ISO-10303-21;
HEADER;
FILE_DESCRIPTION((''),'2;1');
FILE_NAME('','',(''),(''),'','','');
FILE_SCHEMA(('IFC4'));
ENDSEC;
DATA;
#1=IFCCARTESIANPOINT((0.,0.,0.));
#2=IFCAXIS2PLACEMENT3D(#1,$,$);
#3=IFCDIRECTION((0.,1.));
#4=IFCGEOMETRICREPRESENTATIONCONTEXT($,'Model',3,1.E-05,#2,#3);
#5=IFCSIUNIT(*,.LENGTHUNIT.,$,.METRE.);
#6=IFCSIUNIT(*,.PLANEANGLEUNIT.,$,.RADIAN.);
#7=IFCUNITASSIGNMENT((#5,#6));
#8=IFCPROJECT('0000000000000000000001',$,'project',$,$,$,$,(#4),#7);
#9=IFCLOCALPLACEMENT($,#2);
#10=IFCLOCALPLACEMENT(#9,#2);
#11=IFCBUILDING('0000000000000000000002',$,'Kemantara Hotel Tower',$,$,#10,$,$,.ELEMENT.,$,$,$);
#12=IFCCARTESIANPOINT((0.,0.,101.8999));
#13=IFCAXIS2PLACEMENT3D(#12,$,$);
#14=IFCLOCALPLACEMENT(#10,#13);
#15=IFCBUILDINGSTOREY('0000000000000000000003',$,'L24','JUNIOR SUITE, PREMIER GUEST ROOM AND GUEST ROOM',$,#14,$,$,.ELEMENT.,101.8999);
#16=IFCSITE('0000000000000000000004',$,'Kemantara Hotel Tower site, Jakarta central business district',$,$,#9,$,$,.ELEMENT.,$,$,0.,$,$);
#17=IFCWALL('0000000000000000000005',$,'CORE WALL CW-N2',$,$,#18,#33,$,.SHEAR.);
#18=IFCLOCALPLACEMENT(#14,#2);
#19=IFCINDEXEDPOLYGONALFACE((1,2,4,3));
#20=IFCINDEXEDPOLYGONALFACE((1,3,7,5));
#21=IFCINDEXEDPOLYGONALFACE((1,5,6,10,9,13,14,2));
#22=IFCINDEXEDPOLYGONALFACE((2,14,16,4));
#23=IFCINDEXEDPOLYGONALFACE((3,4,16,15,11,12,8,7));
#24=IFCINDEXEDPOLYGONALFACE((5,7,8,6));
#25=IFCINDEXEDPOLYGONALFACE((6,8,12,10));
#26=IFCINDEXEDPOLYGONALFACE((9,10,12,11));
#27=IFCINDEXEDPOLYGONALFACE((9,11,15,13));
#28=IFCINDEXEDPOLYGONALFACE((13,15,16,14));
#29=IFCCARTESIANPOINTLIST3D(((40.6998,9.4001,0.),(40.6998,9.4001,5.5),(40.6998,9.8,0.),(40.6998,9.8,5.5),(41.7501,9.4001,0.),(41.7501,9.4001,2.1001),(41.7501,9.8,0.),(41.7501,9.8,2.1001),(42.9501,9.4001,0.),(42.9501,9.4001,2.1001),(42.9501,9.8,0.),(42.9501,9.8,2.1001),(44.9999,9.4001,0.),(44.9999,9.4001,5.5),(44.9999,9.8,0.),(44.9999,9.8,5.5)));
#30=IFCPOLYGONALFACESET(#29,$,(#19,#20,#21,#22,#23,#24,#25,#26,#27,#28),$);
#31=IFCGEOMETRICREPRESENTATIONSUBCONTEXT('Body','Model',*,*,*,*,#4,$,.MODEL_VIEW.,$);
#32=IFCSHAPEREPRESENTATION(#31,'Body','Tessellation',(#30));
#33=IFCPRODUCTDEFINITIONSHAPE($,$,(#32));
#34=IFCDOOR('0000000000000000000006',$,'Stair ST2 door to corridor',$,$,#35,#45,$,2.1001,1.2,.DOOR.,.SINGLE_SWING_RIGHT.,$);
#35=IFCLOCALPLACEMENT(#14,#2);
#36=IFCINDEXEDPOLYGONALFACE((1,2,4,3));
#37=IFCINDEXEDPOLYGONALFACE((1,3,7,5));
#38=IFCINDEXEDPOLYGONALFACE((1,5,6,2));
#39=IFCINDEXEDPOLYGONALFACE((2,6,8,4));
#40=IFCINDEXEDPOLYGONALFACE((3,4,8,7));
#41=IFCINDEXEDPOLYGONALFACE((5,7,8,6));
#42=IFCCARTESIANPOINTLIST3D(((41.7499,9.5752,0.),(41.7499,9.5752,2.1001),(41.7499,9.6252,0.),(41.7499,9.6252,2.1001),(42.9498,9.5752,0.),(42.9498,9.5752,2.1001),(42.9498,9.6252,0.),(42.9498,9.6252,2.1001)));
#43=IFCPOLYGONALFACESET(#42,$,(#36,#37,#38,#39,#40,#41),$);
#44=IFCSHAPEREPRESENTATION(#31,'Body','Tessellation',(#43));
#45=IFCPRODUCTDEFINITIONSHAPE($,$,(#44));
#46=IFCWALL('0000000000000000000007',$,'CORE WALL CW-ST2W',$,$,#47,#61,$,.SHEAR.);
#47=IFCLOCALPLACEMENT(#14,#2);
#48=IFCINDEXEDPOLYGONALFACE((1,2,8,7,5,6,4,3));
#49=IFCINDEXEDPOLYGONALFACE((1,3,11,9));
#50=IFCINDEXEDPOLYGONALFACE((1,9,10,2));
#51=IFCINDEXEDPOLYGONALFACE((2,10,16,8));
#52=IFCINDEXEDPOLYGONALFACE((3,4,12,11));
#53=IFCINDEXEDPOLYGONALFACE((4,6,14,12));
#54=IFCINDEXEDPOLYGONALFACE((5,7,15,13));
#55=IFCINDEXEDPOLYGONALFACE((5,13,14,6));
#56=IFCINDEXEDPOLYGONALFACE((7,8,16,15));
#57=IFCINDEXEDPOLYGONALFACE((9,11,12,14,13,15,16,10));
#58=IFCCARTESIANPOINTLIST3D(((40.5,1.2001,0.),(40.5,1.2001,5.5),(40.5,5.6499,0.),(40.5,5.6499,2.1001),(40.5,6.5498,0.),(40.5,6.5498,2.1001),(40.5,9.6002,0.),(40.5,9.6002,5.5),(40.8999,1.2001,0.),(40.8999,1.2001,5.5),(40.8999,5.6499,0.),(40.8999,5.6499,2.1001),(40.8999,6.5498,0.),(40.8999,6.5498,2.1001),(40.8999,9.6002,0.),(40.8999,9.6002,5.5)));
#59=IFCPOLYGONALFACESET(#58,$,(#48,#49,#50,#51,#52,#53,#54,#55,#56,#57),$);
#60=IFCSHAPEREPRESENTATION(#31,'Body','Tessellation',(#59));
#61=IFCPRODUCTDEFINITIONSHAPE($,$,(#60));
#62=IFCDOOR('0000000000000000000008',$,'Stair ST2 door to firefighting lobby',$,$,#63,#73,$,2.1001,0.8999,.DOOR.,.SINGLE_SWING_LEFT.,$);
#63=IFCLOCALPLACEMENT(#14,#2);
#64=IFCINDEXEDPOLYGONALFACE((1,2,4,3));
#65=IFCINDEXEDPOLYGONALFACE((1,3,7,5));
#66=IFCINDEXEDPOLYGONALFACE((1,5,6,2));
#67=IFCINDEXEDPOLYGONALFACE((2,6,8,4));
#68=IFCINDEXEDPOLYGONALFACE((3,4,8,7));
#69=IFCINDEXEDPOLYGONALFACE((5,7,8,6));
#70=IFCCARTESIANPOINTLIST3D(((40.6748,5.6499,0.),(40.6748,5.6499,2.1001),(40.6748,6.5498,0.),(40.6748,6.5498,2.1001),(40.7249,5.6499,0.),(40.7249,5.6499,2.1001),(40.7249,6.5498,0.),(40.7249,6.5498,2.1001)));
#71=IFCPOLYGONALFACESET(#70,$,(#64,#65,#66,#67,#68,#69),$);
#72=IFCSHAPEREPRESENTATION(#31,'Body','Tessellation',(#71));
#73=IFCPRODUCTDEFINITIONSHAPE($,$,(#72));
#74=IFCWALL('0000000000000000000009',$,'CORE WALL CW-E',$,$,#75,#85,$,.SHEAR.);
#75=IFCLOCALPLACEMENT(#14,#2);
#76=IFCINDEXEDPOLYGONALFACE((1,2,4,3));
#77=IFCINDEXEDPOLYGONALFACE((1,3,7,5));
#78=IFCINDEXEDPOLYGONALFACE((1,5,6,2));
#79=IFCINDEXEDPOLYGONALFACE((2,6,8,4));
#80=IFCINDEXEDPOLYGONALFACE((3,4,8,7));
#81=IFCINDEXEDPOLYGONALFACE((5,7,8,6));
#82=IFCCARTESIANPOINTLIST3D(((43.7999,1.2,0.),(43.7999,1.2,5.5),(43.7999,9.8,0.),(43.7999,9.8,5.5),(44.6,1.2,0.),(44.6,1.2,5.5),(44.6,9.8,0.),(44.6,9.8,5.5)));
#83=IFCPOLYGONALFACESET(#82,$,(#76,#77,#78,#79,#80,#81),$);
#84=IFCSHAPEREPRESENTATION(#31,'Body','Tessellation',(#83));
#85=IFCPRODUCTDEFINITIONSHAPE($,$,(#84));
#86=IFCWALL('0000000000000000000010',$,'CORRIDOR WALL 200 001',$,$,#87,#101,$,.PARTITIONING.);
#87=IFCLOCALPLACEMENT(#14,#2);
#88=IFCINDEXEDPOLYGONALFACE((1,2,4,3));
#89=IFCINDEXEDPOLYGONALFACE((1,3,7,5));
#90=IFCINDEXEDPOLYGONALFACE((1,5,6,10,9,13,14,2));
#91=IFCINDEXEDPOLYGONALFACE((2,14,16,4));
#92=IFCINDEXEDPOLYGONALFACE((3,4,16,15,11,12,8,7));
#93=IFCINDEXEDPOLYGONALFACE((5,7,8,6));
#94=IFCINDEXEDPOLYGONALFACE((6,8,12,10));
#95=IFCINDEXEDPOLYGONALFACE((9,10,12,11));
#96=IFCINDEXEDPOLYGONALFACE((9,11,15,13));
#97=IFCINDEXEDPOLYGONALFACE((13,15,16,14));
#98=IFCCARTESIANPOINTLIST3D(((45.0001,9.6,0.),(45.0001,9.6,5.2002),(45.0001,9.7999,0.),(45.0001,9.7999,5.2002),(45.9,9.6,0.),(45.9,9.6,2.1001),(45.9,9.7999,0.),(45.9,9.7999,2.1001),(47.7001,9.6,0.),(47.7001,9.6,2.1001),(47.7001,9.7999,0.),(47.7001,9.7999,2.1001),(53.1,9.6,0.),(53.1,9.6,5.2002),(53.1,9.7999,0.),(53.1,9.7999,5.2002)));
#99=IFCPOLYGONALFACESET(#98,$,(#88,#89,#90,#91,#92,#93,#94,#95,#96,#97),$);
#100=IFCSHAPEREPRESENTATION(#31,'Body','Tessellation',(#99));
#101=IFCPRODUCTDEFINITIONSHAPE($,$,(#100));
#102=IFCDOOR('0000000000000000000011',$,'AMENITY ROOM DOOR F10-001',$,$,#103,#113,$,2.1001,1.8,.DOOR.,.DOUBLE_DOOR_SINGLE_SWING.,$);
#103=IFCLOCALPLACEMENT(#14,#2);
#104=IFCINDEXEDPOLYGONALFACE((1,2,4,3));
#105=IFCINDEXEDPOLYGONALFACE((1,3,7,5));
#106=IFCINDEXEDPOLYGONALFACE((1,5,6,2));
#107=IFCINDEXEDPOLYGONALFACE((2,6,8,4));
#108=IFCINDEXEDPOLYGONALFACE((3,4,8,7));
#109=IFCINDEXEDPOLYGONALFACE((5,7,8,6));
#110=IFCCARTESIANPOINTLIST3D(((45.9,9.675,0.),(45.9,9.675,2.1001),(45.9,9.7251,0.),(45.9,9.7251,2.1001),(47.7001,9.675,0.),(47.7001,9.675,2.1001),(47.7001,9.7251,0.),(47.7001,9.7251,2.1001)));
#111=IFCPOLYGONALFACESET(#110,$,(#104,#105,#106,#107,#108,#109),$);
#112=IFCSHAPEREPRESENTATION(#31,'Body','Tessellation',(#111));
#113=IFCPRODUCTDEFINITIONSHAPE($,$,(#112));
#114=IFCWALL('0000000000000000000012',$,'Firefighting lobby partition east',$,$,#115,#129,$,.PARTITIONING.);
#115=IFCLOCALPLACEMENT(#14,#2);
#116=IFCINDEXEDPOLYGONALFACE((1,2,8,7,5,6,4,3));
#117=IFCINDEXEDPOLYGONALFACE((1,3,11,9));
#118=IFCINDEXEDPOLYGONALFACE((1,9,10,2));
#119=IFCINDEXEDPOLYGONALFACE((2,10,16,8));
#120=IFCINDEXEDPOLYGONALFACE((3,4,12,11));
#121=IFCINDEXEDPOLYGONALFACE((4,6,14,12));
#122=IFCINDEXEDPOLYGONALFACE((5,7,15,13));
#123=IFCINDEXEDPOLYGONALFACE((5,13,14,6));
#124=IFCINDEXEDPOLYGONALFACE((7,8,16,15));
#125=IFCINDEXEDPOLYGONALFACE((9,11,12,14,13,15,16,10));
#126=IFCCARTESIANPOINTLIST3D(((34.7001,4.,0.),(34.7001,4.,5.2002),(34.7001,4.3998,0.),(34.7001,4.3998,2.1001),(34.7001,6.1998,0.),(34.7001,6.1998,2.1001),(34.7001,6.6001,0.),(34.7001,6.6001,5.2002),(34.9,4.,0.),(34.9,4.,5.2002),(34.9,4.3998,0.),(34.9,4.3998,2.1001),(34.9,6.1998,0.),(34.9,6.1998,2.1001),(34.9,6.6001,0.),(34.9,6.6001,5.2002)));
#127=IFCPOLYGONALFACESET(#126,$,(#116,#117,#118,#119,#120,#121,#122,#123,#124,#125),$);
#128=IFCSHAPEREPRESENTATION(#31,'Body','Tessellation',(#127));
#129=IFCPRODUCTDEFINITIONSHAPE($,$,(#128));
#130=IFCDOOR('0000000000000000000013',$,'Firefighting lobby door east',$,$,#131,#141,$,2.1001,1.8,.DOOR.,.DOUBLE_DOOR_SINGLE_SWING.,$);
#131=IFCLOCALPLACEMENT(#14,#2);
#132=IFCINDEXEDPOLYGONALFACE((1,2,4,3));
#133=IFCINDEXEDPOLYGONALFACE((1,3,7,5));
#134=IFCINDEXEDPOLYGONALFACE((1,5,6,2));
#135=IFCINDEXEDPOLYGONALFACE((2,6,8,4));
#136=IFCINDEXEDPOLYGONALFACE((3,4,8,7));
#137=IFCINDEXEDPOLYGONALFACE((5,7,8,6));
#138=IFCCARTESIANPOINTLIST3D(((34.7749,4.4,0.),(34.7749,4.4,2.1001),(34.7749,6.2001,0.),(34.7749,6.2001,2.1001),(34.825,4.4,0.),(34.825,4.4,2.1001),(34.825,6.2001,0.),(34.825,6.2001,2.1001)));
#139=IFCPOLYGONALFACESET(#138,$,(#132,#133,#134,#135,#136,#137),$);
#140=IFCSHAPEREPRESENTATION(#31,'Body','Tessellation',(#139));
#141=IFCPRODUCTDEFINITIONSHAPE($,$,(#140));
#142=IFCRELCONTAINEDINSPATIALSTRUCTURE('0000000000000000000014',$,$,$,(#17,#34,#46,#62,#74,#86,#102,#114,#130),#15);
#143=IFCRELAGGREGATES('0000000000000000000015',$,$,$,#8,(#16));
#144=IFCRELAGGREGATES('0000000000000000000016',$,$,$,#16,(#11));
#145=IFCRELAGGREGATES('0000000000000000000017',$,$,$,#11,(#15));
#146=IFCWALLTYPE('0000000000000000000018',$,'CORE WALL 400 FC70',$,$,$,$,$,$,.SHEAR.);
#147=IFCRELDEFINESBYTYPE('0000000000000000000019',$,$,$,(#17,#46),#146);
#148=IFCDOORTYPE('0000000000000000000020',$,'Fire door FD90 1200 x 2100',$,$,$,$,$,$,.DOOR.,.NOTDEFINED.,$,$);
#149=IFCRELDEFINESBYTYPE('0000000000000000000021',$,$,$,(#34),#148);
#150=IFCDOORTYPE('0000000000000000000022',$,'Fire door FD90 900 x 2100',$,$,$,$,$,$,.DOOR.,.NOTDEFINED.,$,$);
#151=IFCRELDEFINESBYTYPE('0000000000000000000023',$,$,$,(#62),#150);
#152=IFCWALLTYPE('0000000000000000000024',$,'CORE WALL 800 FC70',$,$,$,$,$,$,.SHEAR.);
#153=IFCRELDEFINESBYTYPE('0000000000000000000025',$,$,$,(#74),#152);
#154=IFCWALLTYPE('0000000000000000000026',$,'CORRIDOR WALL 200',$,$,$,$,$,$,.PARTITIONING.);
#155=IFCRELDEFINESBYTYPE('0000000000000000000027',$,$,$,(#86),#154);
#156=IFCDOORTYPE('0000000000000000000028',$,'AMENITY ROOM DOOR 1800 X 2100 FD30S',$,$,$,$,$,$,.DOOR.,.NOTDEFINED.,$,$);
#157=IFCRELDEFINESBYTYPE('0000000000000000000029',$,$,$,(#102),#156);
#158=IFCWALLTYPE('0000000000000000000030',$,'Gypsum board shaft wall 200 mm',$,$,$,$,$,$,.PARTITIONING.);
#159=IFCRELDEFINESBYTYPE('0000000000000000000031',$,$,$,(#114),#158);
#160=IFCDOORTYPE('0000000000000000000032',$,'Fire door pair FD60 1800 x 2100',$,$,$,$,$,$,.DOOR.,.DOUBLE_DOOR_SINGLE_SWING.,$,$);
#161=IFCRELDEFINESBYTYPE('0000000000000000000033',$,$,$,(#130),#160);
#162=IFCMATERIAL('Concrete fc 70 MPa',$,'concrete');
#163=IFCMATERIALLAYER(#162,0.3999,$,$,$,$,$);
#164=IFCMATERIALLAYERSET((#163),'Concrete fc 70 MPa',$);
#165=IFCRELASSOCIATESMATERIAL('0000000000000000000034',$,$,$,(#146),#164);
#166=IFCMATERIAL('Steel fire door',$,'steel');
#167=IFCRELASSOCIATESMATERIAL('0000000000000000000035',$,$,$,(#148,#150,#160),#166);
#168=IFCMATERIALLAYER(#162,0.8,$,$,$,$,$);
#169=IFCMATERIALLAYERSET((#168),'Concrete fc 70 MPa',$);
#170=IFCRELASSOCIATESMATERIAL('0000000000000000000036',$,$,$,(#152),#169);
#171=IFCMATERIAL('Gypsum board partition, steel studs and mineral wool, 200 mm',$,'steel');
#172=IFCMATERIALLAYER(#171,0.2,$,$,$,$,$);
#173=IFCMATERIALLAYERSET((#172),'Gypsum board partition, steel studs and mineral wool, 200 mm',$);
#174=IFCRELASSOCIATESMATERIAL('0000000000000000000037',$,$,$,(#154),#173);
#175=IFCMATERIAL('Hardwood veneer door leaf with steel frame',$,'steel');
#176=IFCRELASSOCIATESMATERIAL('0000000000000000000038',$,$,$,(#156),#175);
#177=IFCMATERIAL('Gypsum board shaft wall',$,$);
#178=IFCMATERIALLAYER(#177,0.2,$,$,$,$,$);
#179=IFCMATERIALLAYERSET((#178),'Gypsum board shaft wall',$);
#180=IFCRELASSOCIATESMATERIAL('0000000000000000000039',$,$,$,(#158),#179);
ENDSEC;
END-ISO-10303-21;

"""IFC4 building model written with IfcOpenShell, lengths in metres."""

from ifc_helpers import new_model, si_unit, direction, frame, frame_2d, origin, place, context, subcontext, project, spatial, rectangle, extrude, material, layer, layer_set, type_object, element, fill, save


model = new_model("IFC4")

# Units and contexts
model_context = context("Model", 3, precision=1e-05, world=origin(), true_north=direction((0.0, 1.0)))
body_context = subcontext(model_context, "Body", "Model", "MODEL_VIEW")
ifc_project = project(units=[si_unit("LENGTHUNIT", "METRE"), si_unit("PLANEANGLEUNIT", "RADIAN")], contexts=[model_context])

# Site, building, storey
site_placement = place(None, origin())
site = spatial("IfcSite", under=ifc_project, at=site_placement, Name="Kemantara Hotel Tower site, Jakarta central business district", CompositionType="ELEMENT", RefElevation=0.0)
building_placement = place(site_placement, origin())
building = spatial("IfcBuilding", under=site, at=building_placement, Name="Kemantara Hotel Tower", CompositionType="ELEMENT")
storey_placement = place(building_placement, frame((0.0, 0.0, 101.8999)))
storey = spatial("IfcBuildingStorey", under=building, at=storey_placement, Name="L24", Description="JUNIOR SUITE, PREMIER GUEST ROOM AND GUEST ROOM", CompositionType="ELEMENT", Elevation=101.8999)

# Shared definitions
ifc_material_1 = material(Name="Concrete fc 70 MPa", Category="concrete")

# Walls, openings, doors
ifc_layer_1 = layer(ifc_material_1, 0.3999)
ifc_layer_set_1 = layer_set([ifc_layer_1], Name="Concrete fc 70 MPa")
wall_type_1 = type_object("IfcWallType", Name="CORE WALL 400 FC70", PredefinedType="SHEAR", material=ifc_layer_set_1)
wall_1_placement = place(storey_placement, frame((40.7, 9.6001, 0.0), z_axis=(0.0, 0.0, 1.0), x_axis=(1.0, 0.0, 0.0)))
wall_1 = element("IfcWall", 1, at=wall_1_placement, inside=storey, type_object=wall_type_1, Name="CORE WALL CW-N2", PredefinedType="SHEAR", context=body_context, shape_type="SweptSolid", body=[
    extrude(rectangle(XDim=4.3, YDim=0.3999, at=frame_2d((2.1499, 0.0))), origin(), (0.0, 0.0, 1.0), 5.5),
])
opening_1_placement = place(wall_1_placement, frame((1.05, 0.0, 0.0)))
opening_1 = element("IfcOpeningElement", 2, at=opening_1_placement, cuts=wall_1, PredefinedType="OPENING", context=body_context, shape_type="SweptSolid", body=[
    extrude(rectangle(XDim=1.2, YDim=2.1001, at=frame_2d((0.6001, 1.05))), frame((0.0, 0.21, 0.0), z_axis=(0.0, -1.0, 0.0), x_axis=(1.0, 0.0, 0.0)), (0.0, 0.0, 1.0), 0.4199),
])
ifc_material_2 = material(Name="Steel fire door", Category="steel")
door_type_1 = type_object("IfcDoorType", Name="Fire door FD90 1200 x 2100", OperationType="NOTDEFINED", PredefinedType="DOOR", material=ifc_material_2)
door_1_placement = place(opening_1_placement, frame((1.2, 0.0, 0.0), z_axis=(0.0, 0.0, 1.0), x_axis=(-1.0, 0.0, 0.0)))
door_1 = element("IfcDoor", 3, at=door_1_placement, inside=storey, type_object=door_type_1, Name="Stair ST2 door to corridor", OperationType="SINGLE_SWING_RIGHT", OverallHeight=2.1001, OverallWidth=1.2, PredefinedType="DOOR", context=body_context, shape_type="SweptSolid", body=[
    extrude(rectangle(XDim=1.2, YDim=2.1001, at=frame_2d((0.6001, 1.05))), frame((0.0, 0.0249, 0.0), z_axis=(0.0, -1.0, 0.0), x_axis=(1.0, 0.0, 0.0)), (0.0, 0.0, 1.0), 0.05),
])
fill(opening_1, door_1)
wall_2_placement = place(storey_placement, frame((40.7, 1.2, 0.0), z_axis=(0.0, 0.0, 1.0), x_axis=(0.0, 1.0, 0.0)))
wall_2 = element("IfcWall", 4, at=wall_2_placement, inside=storey, type_object=wall_type_1, Name="CORE WALL CW-ST2W", PredefinedType="SHEAR", context=body_context, shape_type="SweptSolid", body=[
    extrude(rectangle(XDim=8.4001, YDim=0.3999, at=frame_2d((4.2002, 0.0))), origin(), (0.0, 0.0, 1.0), 5.5),
])
opening_2_placement = place(wall_2_placement, frame((4.45, 0.0, 0.0)))
opening_2 = element("IfcOpeningElement", 5, at=opening_2_placement, cuts=wall_2, PredefinedType="OPENING", context=body_context, shape_type="SweptSolid", body=[
    extrude(rectangle(XDim=0.8999, YDim=2.1001, at=frame_2d((0.45, 1.05))), frame((0.0, 0.21, 0.0), z_axis=(0.0, -1.0, 0.0), x_axis=(1.0, 0.0, 0.0)), (0.0, 0.0, 1.0), 0.4199),
])
door_type_2 = type_object("IfcDoorType", Name="Fire door FD90 900 x 2100", OperationType="NOTDEFINED", PredefinedType="DOOR", material=ifc_material_2)
door_2_placement = place(opening_2_placement, frame((0.8999, 0.0, 0.0), z_axis=(0.0, 0.0, 1.0), x_axis=(-1.0, 0.0, 0.0)))
door_2 = element("IfcDoor", 6, at=door_2_placement, inside=storey, type_object=door_type_2, Name="Stair ST2 door to firefighting lobby", OperationType="SINGLE_SWING_LEFT", OverallHeight=2.1001, OverallWidth=0.8999, PredefinedType="DOOR", context=body_context, shape_type="SweptSolid", body=[
    extrude(rectangle(XDim=0.8999, YDim=2.1001, at=frame_2d((0.45, 1.05))), frame((0.0, 0.0249, 0.0), z_axis=(0.0, -1.0, 0.0), x_axis=(1.0, 0.0, 0.0)), (0.0, 0.0, 1.0), 0.05),
])
fill(opening_2, door_2)

# Wall
ifc_layer_2 = layer(ifc_material_1, 0.8)
ifc_layer_set_2 = layer_set([ifc_layer_2], Name="Concrete fc 70 MPa")
wall_type_2 = type_object("IfcWallType", Name="CORE WALL 800 FC70", PredefinedType="SHEAR", material=ifc_layer_set_2)
wall_3_placement = place(storey_placement, frame((44.2, 1.2, 0.0), z_axis=(0.0, 0.0, 1.0), x_axis=(0.0, 1.0, 0.0)))
element("IfcWall", 7, at=wall_3_placement, inside=storey, type_object=wall_type_2, Name="CORE WALL CW-E", PredefinedType="SHEAR", context=body_context, shape_type="SweptSolid", body=[
    extrude(rectangle(XDim=8.6001, YDim=0.8, at=frame_2d((4.3, 0.0))), origin(), (0.0, 0.0, 1.0), 5.5),
])

# Walls, openings, doors
ifc_material_3 = material(Name="Gypsum board partition, steel studs and mineral wool, 200 mm", Category="steel")
ifc_layer_3 = layer(ifc_material_3, 0.2)
ifc_layer_set_3 = layer_set([ifc_layer_3], Name="Gypsum board partition, steel studs and mineral wool, 200 mm")
wall_type_3 = type_object("IfcWallType", Name="CORRIDOR WALL 200", PredefinedType="PARTITIONING", material=ifc_layer_set_3)
wall_4_placement = place(storey_placement, frame((53.0999, 9.7, 0.0), z_axis=(0.0, 0.0, 1.0), x_axis=(-1.0, 0.0, 0.0)))
wall_4 = element("IfcWall", 8, at=wall_4_placement, inside=storey, type_object=wall_type_3, Name="CORRIDOR WALL 200 001", PredefinedType="PARTITIONING", context=body_context, shape_type="SweptSolid", body=[
    extrude(rectangle(XDim=8.0999, YDim=0.2, at=frame_2d((4.0498, 0.0))), origin(), (0.0, 0.0, 1.0), 5.2002),
])
opening_3_placement = place(wall_4_placement, frame((5.3999, 0.0, 0.0)))
opening_3 = element("IfcOpeningElement", 9, at=opening_3_placement, cuts=wall_4, PredefinedType="OPENING", context=body_context, shape_type="SweptSolid", body=[
    extrude(rectangle(XDim=1.8, YDim=2.1001, at=frame_2d((0.8999, 1.05))), frame((0.0, 0.1099, 0.0), z_axis=(0.0, -1.0, 0.0), x_axis=(1.0, 0.0, 0.0)), (0.0, 0.0, 1.0), 0.22),
])
ifc_material_4 = material(Name="Hardwood veneer door leaf with steel frame", Category="steel")
door_type_3 = type_object("IfcDoorType", Name="AMENITY ROOM DOOR 1800 X 2100 FD30S", OperationType="NOTDEFINED", PredefinedType="DOOR", material=ifc_material_4)
door_3_placement = place(opening_3_placement, origin())
door_3 = element("IfcDoor", 10, at=door_3_placement, inside=storey, type_object=door_type_3, Name="AMENITY ROOM DOOR F10-001", OperationType="DOUBLE_DOOR_SINGLE_SWING", OverallHeight=2.1001, OverallWidth=1.8, PredefinedType="DOOR", context=body_context, shape_type="SweptSolid", body=[
    extrude(rectangle(XDim=1.8, YDim=2.1001, at=frame_2d((0.8999, 1.05))), frame((0.0, 0.0249, 0.0), z_axis=(0.0, -1.0, 0.0), x_axis=(1.0, 0.0, 0.0)), (0.0, 0.0, 1.0), 0.05),
])
fill(opening_3, door_3)
ifc_material_5 = material(Name="Gypsum board shaft wall")
ifc_layer_4 = layer(ifc_material_5, 0.2)
ifc_layer_set_4 = layer_set([ifc_layer_4], Name="Gypsum board shaft wall")
wall_type_4 = type_object("IfcWallType", Name="Gypsum board shaft wall 200 mm", PredefinedType="PARTITIONING", material=ifc_layer_set_4)
wall_5_placement = place(storey_placement, frame((34.8, 4.0, 0.0), z_axis=(0.0, 0.0, 1.0), x_axis=(0.0, 1.0, 0.0)))
wall_5 = element("IfcWall", 11, at=wall_5_placement, inside=storey, type_object=wall_type_4, Name="Firefighting lobby partition east", PredefinedType="PARTITIONING", context=body_context, shape_type="SweptSolid", body=[
    extrude(rectangle(XDim=2.6001, YDim=0.2, at=frame_2d((1.3, 0.0))), origin(), (0.0, 0.0, 1.0), 5.2002),
])
opening_4_placement = place(wall_5_placement, frame((0.3999, 0.0, 0.0)))
opening_4 = element("IfcOpeningElement", 12, at=opening_4_placement, cuts=wall_5, PredefinedType="OPENING", context=body_context, shape_type="SweptSolid", body=[
    extrude(rectangle(XDim=1.8, YDim=2.1001, at=frame_2d((0.8999, 1.05))), frame((0.0, 0.1099, 0.0), z_axis=(0.0, -1.0, 0.0), x_axis=(1.0, 0.0, 0.0)), (0.0, 0.0, 1.0), 0.22),
])
door_type_4 = type_object("IfcDoorType", Name="Fire door pair FD60 1800 x 2100", OperationType="DOUBLE_DOOR_SINGLE_SWING", PredefinedType="DOOR", material=ifc_material_2)
door_4_placement = place(opening_4_placement, frame((1.8, 0.0, 0.0), z_axis=(0.0, 0.0, 1.0), x_axis=(-1.0, 0.0, 0.0)))
door_4 = element("IfcDoor", 13, at=door_4_placement, inside=storey, type_object=door_type_4, Name="Firefighting lobby door east", OperationType="DOUBLE_DOOR_SINGLE_SWING", OverallHeight=2.1001, OverallWidth=1.8, PredefinedType="DOOR", context=body_context, shape_type="SweptSolid", body=[
    extrude(rectangle(XDim=1.8, YDim=2.1001, at=frame_2d((0.8999, 1.05))), frame((0.0, 0.0249, 0.0), z_axis=(0.0, -1.0, 0.0), x_axis=(1.0, 0.0, 0.0)), (0.0, 0.0, 1.0), 0.05),
])
fill(opening_4, door_4)

save(model, "model.ifc")
